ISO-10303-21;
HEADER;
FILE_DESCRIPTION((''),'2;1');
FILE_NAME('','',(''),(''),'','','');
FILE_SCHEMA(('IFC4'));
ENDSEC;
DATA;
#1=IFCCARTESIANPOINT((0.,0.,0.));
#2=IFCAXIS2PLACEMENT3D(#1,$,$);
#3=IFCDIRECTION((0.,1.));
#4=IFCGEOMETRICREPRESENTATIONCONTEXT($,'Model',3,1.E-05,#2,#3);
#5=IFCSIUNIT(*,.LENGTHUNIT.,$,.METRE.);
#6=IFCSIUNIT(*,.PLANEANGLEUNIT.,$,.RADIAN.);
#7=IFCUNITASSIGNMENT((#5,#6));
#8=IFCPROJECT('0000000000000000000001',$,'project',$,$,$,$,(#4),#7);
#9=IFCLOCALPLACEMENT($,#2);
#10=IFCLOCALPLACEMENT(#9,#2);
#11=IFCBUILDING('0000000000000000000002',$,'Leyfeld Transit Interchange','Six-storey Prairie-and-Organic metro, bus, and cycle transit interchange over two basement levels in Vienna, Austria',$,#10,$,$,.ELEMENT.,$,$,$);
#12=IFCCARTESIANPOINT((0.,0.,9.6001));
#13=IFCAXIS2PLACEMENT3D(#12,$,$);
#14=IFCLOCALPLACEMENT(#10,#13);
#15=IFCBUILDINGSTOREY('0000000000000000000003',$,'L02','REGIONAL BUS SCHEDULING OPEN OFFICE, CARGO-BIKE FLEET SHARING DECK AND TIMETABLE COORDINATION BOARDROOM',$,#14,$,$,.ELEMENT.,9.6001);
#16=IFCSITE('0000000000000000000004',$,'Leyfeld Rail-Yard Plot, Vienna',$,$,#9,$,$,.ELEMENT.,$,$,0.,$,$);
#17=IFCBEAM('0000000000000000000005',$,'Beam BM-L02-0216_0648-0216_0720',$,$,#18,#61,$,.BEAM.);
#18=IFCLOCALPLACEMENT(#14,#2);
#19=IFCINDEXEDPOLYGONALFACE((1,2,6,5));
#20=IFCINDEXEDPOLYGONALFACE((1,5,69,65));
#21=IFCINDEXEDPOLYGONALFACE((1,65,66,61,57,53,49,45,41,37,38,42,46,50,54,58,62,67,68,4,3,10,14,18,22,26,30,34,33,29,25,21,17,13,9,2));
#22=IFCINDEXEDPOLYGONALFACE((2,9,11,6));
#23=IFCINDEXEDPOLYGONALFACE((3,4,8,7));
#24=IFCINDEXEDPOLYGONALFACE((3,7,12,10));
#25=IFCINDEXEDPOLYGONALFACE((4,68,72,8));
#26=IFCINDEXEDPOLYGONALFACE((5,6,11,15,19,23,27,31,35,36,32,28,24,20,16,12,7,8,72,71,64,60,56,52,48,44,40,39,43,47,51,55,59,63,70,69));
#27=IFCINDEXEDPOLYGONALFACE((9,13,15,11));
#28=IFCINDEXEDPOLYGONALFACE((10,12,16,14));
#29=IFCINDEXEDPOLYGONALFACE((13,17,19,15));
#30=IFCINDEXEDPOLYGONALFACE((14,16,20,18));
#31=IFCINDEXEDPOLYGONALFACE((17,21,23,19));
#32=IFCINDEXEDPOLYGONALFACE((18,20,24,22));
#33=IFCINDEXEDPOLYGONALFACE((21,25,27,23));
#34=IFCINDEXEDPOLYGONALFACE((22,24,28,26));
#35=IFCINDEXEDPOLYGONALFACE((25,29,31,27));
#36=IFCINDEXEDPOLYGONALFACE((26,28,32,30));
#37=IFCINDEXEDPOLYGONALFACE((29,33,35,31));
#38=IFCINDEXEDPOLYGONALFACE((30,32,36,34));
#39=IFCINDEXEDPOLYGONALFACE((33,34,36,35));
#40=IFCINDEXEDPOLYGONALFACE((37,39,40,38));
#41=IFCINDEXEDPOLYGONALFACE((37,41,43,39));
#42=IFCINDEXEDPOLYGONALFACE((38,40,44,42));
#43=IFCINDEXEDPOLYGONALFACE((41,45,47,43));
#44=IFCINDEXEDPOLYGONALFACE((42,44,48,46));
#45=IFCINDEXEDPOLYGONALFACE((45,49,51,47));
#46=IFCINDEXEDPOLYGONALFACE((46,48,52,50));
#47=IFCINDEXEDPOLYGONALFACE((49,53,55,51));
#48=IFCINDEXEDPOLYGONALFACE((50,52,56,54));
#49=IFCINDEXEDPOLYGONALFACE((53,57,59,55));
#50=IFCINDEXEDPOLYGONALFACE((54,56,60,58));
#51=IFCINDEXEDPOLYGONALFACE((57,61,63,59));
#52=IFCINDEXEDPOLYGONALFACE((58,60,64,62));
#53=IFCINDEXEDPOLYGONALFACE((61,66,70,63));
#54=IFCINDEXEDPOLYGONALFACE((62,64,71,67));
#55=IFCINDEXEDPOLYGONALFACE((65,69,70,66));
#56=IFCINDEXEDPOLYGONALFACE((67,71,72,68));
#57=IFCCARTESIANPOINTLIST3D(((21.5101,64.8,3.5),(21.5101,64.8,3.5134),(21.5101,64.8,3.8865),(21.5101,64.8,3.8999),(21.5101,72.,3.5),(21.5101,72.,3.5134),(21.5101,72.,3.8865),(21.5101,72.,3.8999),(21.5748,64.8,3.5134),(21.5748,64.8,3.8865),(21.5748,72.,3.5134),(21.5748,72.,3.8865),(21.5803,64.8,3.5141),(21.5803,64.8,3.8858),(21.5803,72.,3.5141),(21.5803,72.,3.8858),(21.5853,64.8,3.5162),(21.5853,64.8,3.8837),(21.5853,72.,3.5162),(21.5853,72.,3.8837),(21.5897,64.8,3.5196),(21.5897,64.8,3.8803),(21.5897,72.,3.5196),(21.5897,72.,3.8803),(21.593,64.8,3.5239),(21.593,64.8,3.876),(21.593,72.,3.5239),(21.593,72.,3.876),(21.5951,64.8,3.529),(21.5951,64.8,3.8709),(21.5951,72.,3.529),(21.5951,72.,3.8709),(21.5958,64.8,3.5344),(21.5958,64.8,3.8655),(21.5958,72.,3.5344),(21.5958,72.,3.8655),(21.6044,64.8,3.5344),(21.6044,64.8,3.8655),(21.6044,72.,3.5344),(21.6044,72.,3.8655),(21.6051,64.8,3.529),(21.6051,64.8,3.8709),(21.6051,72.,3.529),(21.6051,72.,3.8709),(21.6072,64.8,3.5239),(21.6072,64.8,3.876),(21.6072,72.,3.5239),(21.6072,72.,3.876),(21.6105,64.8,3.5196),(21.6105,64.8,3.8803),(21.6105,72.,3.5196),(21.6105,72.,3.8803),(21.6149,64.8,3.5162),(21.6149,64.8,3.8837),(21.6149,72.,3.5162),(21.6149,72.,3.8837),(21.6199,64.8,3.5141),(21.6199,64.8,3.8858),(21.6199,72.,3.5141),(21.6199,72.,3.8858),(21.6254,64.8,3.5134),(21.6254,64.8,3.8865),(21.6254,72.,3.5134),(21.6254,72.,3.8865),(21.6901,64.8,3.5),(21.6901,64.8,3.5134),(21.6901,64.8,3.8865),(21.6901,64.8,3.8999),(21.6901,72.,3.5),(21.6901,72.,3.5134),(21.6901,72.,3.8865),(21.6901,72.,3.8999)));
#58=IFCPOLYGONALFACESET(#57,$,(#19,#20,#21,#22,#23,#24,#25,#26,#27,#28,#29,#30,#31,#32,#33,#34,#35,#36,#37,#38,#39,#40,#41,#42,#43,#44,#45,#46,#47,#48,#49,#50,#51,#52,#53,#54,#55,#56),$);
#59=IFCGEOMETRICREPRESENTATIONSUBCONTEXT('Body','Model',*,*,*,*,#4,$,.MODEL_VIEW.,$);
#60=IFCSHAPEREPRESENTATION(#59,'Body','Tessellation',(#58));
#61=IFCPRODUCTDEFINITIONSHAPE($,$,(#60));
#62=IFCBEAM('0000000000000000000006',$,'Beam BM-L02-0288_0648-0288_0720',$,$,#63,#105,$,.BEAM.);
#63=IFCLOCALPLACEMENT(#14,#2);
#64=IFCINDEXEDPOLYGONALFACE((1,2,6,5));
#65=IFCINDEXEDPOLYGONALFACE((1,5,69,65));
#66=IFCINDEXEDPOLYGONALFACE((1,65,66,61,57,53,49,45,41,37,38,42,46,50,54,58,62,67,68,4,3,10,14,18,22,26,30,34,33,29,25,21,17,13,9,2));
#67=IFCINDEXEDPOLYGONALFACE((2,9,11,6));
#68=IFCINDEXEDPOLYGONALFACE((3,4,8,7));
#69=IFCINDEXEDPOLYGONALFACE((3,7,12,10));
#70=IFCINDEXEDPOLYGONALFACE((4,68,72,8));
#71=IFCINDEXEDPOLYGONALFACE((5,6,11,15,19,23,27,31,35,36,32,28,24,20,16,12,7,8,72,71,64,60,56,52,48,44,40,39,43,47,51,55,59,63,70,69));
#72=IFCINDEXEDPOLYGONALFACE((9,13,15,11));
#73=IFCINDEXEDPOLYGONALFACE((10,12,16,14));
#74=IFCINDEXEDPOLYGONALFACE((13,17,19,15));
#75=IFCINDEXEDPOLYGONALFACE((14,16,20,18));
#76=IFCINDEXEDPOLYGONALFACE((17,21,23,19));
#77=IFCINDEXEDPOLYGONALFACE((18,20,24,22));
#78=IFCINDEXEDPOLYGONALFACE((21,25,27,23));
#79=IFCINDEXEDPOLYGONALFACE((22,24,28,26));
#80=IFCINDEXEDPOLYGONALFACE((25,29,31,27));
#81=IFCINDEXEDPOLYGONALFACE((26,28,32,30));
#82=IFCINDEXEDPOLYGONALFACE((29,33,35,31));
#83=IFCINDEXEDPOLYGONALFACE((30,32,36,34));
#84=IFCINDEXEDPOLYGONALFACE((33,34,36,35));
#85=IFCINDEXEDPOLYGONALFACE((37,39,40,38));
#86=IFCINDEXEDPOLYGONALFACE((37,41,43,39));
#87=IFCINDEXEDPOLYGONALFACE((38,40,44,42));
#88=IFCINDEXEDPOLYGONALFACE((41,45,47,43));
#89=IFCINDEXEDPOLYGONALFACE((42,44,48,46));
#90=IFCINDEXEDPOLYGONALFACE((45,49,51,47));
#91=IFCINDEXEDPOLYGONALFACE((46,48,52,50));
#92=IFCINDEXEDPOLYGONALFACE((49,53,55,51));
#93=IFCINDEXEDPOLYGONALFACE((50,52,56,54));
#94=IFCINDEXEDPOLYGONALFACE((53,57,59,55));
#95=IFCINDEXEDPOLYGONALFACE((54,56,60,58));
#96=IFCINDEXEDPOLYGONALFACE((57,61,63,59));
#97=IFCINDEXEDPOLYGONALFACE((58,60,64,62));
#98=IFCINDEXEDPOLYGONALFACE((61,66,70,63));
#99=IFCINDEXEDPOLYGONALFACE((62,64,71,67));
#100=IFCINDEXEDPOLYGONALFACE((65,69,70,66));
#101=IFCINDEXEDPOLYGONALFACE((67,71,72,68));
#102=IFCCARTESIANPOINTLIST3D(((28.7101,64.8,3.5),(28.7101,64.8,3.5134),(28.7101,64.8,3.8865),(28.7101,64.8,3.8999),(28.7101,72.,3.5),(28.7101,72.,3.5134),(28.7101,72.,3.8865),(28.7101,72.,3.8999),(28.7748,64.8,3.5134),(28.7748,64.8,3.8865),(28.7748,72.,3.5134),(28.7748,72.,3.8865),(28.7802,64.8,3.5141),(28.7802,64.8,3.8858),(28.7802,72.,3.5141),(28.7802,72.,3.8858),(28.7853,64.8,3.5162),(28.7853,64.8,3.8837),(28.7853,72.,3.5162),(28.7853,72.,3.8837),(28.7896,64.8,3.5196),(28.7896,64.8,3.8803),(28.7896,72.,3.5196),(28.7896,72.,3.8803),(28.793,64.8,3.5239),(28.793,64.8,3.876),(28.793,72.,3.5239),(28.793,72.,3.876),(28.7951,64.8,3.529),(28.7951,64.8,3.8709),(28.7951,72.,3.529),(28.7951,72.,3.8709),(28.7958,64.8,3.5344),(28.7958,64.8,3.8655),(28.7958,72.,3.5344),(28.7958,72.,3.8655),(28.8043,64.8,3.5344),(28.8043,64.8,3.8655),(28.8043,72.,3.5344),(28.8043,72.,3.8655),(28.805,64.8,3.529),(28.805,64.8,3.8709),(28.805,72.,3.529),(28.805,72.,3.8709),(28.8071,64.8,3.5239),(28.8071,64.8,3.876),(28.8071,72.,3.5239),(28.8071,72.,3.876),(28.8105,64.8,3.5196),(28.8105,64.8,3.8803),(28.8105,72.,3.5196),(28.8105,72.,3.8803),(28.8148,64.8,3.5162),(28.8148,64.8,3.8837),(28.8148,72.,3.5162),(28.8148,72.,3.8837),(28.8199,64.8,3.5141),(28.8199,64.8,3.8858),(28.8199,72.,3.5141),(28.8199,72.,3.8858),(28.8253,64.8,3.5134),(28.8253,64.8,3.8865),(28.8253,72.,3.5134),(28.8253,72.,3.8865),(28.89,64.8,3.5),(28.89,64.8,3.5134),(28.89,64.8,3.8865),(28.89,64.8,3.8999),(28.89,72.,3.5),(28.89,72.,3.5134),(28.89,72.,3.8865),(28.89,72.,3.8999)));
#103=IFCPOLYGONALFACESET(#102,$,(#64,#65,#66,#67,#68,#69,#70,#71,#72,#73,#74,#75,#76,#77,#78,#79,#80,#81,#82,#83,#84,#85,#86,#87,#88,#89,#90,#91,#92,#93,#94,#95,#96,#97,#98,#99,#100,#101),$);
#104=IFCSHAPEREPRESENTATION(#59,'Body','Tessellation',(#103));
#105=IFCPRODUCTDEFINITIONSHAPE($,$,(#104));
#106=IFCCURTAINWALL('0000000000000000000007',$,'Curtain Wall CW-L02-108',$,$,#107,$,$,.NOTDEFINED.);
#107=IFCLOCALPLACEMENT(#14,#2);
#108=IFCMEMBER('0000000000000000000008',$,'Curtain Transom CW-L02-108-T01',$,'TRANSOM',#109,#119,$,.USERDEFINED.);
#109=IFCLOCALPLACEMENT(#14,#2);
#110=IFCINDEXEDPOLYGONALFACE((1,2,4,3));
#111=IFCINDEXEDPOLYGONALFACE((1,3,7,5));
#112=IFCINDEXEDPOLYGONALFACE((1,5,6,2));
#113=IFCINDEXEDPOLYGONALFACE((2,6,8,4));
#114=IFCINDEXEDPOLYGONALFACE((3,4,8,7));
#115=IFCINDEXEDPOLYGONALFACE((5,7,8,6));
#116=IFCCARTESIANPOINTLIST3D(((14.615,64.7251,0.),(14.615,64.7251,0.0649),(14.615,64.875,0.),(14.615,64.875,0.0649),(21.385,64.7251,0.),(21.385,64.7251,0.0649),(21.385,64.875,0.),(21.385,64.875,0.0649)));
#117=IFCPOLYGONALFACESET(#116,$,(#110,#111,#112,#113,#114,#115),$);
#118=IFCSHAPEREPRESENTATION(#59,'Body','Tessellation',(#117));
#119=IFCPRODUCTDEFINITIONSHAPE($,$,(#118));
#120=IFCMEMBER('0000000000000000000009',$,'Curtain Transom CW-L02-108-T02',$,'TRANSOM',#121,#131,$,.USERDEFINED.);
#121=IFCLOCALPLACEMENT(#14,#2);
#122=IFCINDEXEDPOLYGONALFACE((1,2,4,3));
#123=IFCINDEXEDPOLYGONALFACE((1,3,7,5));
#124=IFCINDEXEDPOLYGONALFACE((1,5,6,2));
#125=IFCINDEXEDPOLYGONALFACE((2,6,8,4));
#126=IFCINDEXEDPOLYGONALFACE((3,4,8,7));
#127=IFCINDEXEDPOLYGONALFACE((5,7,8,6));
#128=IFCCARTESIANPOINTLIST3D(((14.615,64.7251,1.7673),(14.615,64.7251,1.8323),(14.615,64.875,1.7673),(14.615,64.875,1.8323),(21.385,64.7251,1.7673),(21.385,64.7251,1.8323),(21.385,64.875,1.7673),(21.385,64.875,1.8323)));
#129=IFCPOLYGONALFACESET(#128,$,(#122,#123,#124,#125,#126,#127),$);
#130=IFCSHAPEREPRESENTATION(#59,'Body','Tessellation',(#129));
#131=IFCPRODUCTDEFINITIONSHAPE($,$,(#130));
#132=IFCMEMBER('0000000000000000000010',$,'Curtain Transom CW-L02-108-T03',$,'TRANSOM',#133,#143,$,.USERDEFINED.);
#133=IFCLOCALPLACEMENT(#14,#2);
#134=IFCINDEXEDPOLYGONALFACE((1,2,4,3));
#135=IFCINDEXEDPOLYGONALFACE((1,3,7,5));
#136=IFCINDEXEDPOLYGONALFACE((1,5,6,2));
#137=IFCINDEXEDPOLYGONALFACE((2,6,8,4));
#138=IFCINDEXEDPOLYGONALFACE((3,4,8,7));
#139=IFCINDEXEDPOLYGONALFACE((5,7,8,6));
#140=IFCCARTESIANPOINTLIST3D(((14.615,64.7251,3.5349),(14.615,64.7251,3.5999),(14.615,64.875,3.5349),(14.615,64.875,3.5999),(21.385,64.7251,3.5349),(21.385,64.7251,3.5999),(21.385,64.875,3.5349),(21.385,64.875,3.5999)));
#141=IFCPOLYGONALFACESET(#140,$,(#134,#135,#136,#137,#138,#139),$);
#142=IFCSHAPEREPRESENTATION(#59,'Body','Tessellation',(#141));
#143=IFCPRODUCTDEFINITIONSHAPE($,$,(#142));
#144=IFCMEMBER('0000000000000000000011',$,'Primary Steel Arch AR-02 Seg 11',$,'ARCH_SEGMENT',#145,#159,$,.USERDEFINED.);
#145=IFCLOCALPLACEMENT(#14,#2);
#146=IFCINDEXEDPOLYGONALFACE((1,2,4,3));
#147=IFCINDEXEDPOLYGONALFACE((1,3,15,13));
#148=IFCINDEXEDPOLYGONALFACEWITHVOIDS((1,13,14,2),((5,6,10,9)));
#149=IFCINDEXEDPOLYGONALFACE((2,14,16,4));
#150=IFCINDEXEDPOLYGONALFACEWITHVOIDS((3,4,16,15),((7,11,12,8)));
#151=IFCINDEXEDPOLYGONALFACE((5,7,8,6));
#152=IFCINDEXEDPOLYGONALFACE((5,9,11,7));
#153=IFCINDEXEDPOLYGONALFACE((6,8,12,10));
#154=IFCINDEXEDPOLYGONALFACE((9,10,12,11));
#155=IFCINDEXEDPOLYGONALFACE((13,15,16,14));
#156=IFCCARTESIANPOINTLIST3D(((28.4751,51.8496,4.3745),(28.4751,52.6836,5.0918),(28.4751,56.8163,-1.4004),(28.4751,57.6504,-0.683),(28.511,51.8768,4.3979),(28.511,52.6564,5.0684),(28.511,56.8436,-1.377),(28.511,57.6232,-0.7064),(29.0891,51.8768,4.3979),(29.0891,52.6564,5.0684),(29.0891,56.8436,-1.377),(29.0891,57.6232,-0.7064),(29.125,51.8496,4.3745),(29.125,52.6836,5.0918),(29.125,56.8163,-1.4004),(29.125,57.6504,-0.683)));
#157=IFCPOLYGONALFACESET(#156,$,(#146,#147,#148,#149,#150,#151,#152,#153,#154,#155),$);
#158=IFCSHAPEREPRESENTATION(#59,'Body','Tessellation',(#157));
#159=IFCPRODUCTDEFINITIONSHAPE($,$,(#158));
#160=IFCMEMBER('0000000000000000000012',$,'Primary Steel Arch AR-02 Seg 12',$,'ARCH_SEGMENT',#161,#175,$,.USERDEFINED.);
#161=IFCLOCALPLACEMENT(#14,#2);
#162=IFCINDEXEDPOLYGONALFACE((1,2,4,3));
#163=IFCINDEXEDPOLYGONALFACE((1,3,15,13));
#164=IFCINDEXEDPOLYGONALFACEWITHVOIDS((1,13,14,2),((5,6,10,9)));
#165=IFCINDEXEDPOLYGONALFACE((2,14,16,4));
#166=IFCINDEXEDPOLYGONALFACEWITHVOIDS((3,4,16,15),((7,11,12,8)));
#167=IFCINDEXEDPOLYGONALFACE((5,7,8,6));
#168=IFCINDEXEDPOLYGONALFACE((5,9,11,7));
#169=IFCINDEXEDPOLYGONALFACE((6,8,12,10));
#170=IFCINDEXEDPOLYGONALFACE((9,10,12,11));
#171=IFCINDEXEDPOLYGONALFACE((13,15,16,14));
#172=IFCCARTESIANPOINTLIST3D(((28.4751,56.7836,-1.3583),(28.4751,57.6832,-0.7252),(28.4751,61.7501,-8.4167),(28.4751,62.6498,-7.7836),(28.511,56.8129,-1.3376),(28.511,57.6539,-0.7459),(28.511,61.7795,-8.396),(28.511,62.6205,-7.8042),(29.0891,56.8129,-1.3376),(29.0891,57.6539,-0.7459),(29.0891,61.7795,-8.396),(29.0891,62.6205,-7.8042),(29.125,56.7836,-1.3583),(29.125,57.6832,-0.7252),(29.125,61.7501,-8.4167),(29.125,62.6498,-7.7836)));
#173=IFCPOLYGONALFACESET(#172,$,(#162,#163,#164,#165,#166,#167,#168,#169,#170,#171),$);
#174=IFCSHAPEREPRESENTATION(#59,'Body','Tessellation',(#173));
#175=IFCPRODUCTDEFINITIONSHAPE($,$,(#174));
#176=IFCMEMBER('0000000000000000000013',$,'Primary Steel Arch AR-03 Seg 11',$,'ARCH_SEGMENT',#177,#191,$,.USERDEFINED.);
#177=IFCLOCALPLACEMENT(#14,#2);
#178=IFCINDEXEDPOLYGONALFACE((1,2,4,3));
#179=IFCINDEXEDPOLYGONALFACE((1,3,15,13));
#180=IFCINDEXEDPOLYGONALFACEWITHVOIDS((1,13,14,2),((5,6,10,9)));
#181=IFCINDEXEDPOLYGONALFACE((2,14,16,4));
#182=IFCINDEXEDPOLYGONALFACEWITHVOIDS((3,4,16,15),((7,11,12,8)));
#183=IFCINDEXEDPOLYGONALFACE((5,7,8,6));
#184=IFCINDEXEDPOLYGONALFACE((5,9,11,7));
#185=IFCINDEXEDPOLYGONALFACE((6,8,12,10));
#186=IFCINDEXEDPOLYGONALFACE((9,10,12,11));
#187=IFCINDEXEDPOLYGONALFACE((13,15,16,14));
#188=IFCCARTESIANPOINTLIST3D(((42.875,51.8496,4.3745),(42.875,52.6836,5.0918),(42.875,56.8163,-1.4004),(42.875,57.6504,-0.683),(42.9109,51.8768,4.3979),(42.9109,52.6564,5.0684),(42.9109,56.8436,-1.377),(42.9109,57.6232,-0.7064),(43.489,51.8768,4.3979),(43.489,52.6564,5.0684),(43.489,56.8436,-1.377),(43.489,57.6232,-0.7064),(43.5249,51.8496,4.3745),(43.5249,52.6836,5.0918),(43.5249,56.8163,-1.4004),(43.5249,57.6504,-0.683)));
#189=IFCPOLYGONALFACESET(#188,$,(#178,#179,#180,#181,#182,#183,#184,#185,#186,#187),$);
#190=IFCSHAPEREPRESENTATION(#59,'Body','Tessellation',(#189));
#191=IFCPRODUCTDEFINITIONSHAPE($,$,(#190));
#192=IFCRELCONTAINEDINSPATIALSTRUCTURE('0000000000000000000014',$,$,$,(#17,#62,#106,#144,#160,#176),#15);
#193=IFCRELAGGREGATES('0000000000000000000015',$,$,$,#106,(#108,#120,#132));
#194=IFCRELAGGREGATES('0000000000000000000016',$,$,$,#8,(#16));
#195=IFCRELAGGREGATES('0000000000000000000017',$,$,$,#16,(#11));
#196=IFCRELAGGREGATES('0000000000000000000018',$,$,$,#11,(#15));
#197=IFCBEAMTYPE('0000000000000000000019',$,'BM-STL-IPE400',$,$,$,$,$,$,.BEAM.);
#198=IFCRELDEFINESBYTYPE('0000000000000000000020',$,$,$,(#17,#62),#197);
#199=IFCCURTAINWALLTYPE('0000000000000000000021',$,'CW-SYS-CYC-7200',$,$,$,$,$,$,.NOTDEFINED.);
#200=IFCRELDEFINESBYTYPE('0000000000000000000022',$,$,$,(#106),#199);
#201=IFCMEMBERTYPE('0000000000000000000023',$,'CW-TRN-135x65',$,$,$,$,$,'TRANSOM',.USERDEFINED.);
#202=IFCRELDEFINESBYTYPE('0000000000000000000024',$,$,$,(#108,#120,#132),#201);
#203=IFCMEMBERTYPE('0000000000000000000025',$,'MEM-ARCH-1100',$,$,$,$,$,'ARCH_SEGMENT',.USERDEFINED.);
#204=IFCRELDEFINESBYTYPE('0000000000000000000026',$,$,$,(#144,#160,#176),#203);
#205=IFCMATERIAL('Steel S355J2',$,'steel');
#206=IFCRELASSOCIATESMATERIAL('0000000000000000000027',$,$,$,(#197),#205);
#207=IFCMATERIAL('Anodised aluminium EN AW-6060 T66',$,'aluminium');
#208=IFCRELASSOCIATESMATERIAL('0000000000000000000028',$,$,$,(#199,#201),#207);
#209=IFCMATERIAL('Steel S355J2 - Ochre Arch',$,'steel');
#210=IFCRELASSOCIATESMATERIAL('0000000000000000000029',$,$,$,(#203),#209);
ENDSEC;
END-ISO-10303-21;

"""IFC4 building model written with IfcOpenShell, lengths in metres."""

from ifc_helpers import new_model, si_unit, direction, frame, origin, origin_2d, place, context, subcontext, project, spatial, rectangle, hollow_rectangle, i_section, extrude, material, material_profile, profile_set, type_object, element, aggregate, save


model = new_model("IFC4")

# Units and contexts
model_context = context("Model", 3, precision=1e-05, world=origin(), true_north=direction((0.0, 1.0)))
body_context = subcontext(model_context, "Body", "Model", "MODEL_VIEW")
ifc_project = project(units=[si_unit("LENGTHUNIT", "METRE"), si_unit("PLANEANGLEUNIT", "RADIAN")], contexts=[model_context])

# Site, building, storey
site_placement = place(None, origin())
site = spatial("IfcSite", under=ifc_project, at=site_placement, Name="Leyfeld Rail-Yard Plot, Vienna", CompositionType="ELEMENT", RefElevation=0.0)
building_placement = place(site_placement, origin())
building = spatial("IfcBuilding", under=site, at=building_placement, Name="Leyfeld Transit Interchange", Description="Six-storey Prairie-and-Organic metro, bus, and cycle transit interchange over two basement levels in Vienna, Austria", CompositionType="ELEMENT")
storey_placement = place(building_placement, frame((0.0, 0.0, 9.6001)))
storey = spatial("IfcBuildingStorey", under=building, at=storey_placement, Name="L02", Description="REGIONAL BUS SCHEDULING OPEN OFFICE, CARGO-BIKE FLEET SHARING DECK AND TIMETABLE COORDINATION BOARDROOM", CompositionType="ELEMENT", Elevation=9.6001)

# Beams
ifc_material_1 = material(Name="Steel S355J2", Category="steel")
ifc_material_profile_1 = material_profile(ifc_material_1, i_section(OverallWidth=0.1799, OverallDepth=0.3999, WebThickness=0.0085, FlangeThickness=0.0134, FilletRadius=0.021, at=origin_2d()), Name="IPE 400")
ifc_profile_set_1 = profile_set([ifc_material_profile_1], Name="Steel S355J2")
beam_type_1 = type_object("IfcBeamType", Name="BM-STL-IPE400", PredefinedType="BEAM", material=ifc_profile_set_1)
for number, where, z_axis, x_axis, name in (
    (1, (21.6001, 64.8, 3.7), (0.0, 1.0, 0.0), (-1.0, 0.0, 0.0), "Beam BM-L02-0216_0648-0216_0720"),
    (2, (28.8, 64.8, 3.7), (0.0, 1.0, 0.0), (-1.0, 0.0, 0.0), "Beam BM-L02-0288_0648-0288_0720"),
):
    element("IfcBeam", number, at=place(storey_placement, frame(where, z_axis=z_axis, x_axis=x_axis)), inside=storey, type_object=beam_type_1, Name=name, PredefinedType="BEAM", context=body_context, shape_type="SweptSolid", body=[
        extrude(i_section(OverallWidth=0.1799, OverallDepth=0.3999, WebThickness=0.0085, FlangeThickness=0.0134, FilletRadius=0.021, at=origin_2d()), origin(), (0.0, 0.0, 1.0), 7.2),
    ])

# Curtain wall, members
ifc_material_2 = material(Name="Anodised aluminium EN AW-6060 T66", Category="aluminium")
curtain_wall_type = type_object("IfcCurtainWallType", Name="CW-SYS-CYC-7200", PredefinedType="NOTDEFINED", material=ifc_material_2)
curtain_wall_placement = place(storey_placement, origin())
curtain_wall = element("IfcCurtainWall", 3, at=curtain_wall_placement, inside=storey, type_object=curtain_wall_type, Name="Curtain Wall CW-L02-108", PredefinedType="NOTDEFINED")
ifc_material_profile_2 = material_profile(ifc_material_2, rectangle(XDim=0.1499, YDim=0.0649, at=origin_2d()), Name="CW-TRN-135x65")
ifc_profile_set_2 = profile_set([ifc_material_profile_2], Name="Anodised aluminium EN AW-6060 T66")
member_type_1 = type_object("IfcMemberType", Name="CW-TRN-135x65", ElementType="TRANSOM", PredefinedType="USERDEFINED", material=ifc_profile_set_2)
member_1_placement = place(storey_placement, frame((21.385, 64.8, 0.0325), z_axis=(-1.0, 0.0, 0.0), x_axis=(0.0, -1.0, 0.0)))
member_1 = element("IfcMember", 4, at=member_1_placement, type_object=member_type_1, Name="Curtain Transom CW-L02-108-T01", ObjectType="TRANSOM", PredefinedType="USERDEFINED", context=body_context, shape_type="SweptSolid", body=[
    extrude(rectangle(XDim=0.1499, YDim=0.0649, at=origin_2d()), origin(), (0.0, 0.0, 1.0), 6.77),
])
member_2_placement = place(storey_placement, frame((21.385, 64.8, 1.7998), z_axis=(-1.0, 0.0, 0.0), x_axis=(0.0, -1.0, 0.0)))
member_2 = element("IfcMember", 5, at=member_2_placement, type_object=member_type_1, Name="Curtain Transom CW-L02-108-T02", ObjectType="TRANSOM", PredefinedType="USERDEFINED", context=body_context, shape_type="SweptSolid", body=[
    extrude(rectangle(XDim=0.1499, YDim=0.0649, at=origin_2d()), origin(), (0.0, 0.0, 1.0), 6.77),
])
member_3_placement = place(storey_placement, frame((21.385, 64.8, 3.5674), z_axis=(-1.0, 0.0, 0.0), x_axis=(0.0, -1.0, 0.0)))
member_3 = element("IfcMember", 6, at=member_3_placement, type_object=member_type_1, Name="Curtain Transom CW-L02-108-T03", ObjectType="TRANSOM", PredefinedType="USERDEFINED", context=body_context, shape_type="SweptSolid", body=[
    extrude(rectangle(XDim=0.1499, YDim=0.0649, at=origin_2d()), origin(), (0.0, 0.0, 1.0), 6.77),
])
aggregate(curtain_wall, [member_1, member_2, member_3])

# Members
ifc_material_3 = material(Name="Steel S355J2 - Ochre Arch", Category="steel")
ifc_material_profile_3 = material_profile(ifc_material_3, hollow_rectangle(XDim=0.6499, YDim=1.1001, WallThickness=0.0359, at=origin_2d()), Name="RHS 1100x650x36")
ifc_profile_set_3 = profile_set([ifc_material_profile_3], Name="Steel S355J2 - Ochre Arch")
member_type_2 = type_object("IfcMemberType", Name="MEM-ARCH-1100", ElementType="ARCH_SEGMENT", PredefinedType="USERDEFINED", material=ifc_profile_set_3)
member_4_placement = place(storey_placement, frame((28.8, 52.2666, 4.7332), z_axis=(0.0, 0.652068, -0.75816), x_axis=(-1.0, 0.0, 0.0)))
element("IfcMember", 7, at=member_4_placement, inside=storey, type_object=member_type_2, Name="Primary Steel Arch AR-02 Seg 11", ObjectType="ARCH_SEGMENT", PredefinedType="USERDEFINED", context=body_context, shape_type="SweptSolid", body=[
    extrude(hollow_rectangle(XDim=0.6499, YDim=1.1001, WallThickness=0.0359, at=origin_2d()), origin(), (0.0, 0.0, 1.0), 7.6169),
])
member_5_placement = place(storey_placement, frame((28.8, 57.2334, -1.0417), z_axis=(0.0, 0.57546, -0.81783), x_axis=(-1.0, 0.0, 0.0)))
element("IfcMember", 8, at=member_5_placement, inside=storey, type_object=member_type_2, Name="Primary Steel Arch AR-02 Seg 12", ObjectType="ARCH_SEGMENT", PredefinedType="USERDEFINED", context=body_context, shape_type="SweptSolid", body=[
    extrude(hollow_rectangle(XDim=0.6499, YDim=1.1001, WallThickness=0.0359, at=origin_2d()), origin(), (0.0, 0.0, 1.0), 8.6306),
])
member_6_placement = place(storey_placement, frame((43.2, 52.2666, 4.7332), z_axis=(0.0, 0.652068, -0.75816), x_axis=(-1.0, 0.0, 0.0)))
element("IfcMember", 9, at=member_6_placement, inside=storey, type_object=member_type_2, Name="Primary Steel Arch AR-03 Seg 11", ObjectType="ARCH_SEGMENT", PredefinedType="USERDEFINED", context=body_context, shape_type="SweptSolid", body=[
    extrude(hollow_rectangle(XDim=0.6499, YDim=1.1001, WallThickness=0.0359, at=origin_2d()), origin(), (0.0, 0.0, 1.0), 7.6169),
])

save(model, "model.ifc")
